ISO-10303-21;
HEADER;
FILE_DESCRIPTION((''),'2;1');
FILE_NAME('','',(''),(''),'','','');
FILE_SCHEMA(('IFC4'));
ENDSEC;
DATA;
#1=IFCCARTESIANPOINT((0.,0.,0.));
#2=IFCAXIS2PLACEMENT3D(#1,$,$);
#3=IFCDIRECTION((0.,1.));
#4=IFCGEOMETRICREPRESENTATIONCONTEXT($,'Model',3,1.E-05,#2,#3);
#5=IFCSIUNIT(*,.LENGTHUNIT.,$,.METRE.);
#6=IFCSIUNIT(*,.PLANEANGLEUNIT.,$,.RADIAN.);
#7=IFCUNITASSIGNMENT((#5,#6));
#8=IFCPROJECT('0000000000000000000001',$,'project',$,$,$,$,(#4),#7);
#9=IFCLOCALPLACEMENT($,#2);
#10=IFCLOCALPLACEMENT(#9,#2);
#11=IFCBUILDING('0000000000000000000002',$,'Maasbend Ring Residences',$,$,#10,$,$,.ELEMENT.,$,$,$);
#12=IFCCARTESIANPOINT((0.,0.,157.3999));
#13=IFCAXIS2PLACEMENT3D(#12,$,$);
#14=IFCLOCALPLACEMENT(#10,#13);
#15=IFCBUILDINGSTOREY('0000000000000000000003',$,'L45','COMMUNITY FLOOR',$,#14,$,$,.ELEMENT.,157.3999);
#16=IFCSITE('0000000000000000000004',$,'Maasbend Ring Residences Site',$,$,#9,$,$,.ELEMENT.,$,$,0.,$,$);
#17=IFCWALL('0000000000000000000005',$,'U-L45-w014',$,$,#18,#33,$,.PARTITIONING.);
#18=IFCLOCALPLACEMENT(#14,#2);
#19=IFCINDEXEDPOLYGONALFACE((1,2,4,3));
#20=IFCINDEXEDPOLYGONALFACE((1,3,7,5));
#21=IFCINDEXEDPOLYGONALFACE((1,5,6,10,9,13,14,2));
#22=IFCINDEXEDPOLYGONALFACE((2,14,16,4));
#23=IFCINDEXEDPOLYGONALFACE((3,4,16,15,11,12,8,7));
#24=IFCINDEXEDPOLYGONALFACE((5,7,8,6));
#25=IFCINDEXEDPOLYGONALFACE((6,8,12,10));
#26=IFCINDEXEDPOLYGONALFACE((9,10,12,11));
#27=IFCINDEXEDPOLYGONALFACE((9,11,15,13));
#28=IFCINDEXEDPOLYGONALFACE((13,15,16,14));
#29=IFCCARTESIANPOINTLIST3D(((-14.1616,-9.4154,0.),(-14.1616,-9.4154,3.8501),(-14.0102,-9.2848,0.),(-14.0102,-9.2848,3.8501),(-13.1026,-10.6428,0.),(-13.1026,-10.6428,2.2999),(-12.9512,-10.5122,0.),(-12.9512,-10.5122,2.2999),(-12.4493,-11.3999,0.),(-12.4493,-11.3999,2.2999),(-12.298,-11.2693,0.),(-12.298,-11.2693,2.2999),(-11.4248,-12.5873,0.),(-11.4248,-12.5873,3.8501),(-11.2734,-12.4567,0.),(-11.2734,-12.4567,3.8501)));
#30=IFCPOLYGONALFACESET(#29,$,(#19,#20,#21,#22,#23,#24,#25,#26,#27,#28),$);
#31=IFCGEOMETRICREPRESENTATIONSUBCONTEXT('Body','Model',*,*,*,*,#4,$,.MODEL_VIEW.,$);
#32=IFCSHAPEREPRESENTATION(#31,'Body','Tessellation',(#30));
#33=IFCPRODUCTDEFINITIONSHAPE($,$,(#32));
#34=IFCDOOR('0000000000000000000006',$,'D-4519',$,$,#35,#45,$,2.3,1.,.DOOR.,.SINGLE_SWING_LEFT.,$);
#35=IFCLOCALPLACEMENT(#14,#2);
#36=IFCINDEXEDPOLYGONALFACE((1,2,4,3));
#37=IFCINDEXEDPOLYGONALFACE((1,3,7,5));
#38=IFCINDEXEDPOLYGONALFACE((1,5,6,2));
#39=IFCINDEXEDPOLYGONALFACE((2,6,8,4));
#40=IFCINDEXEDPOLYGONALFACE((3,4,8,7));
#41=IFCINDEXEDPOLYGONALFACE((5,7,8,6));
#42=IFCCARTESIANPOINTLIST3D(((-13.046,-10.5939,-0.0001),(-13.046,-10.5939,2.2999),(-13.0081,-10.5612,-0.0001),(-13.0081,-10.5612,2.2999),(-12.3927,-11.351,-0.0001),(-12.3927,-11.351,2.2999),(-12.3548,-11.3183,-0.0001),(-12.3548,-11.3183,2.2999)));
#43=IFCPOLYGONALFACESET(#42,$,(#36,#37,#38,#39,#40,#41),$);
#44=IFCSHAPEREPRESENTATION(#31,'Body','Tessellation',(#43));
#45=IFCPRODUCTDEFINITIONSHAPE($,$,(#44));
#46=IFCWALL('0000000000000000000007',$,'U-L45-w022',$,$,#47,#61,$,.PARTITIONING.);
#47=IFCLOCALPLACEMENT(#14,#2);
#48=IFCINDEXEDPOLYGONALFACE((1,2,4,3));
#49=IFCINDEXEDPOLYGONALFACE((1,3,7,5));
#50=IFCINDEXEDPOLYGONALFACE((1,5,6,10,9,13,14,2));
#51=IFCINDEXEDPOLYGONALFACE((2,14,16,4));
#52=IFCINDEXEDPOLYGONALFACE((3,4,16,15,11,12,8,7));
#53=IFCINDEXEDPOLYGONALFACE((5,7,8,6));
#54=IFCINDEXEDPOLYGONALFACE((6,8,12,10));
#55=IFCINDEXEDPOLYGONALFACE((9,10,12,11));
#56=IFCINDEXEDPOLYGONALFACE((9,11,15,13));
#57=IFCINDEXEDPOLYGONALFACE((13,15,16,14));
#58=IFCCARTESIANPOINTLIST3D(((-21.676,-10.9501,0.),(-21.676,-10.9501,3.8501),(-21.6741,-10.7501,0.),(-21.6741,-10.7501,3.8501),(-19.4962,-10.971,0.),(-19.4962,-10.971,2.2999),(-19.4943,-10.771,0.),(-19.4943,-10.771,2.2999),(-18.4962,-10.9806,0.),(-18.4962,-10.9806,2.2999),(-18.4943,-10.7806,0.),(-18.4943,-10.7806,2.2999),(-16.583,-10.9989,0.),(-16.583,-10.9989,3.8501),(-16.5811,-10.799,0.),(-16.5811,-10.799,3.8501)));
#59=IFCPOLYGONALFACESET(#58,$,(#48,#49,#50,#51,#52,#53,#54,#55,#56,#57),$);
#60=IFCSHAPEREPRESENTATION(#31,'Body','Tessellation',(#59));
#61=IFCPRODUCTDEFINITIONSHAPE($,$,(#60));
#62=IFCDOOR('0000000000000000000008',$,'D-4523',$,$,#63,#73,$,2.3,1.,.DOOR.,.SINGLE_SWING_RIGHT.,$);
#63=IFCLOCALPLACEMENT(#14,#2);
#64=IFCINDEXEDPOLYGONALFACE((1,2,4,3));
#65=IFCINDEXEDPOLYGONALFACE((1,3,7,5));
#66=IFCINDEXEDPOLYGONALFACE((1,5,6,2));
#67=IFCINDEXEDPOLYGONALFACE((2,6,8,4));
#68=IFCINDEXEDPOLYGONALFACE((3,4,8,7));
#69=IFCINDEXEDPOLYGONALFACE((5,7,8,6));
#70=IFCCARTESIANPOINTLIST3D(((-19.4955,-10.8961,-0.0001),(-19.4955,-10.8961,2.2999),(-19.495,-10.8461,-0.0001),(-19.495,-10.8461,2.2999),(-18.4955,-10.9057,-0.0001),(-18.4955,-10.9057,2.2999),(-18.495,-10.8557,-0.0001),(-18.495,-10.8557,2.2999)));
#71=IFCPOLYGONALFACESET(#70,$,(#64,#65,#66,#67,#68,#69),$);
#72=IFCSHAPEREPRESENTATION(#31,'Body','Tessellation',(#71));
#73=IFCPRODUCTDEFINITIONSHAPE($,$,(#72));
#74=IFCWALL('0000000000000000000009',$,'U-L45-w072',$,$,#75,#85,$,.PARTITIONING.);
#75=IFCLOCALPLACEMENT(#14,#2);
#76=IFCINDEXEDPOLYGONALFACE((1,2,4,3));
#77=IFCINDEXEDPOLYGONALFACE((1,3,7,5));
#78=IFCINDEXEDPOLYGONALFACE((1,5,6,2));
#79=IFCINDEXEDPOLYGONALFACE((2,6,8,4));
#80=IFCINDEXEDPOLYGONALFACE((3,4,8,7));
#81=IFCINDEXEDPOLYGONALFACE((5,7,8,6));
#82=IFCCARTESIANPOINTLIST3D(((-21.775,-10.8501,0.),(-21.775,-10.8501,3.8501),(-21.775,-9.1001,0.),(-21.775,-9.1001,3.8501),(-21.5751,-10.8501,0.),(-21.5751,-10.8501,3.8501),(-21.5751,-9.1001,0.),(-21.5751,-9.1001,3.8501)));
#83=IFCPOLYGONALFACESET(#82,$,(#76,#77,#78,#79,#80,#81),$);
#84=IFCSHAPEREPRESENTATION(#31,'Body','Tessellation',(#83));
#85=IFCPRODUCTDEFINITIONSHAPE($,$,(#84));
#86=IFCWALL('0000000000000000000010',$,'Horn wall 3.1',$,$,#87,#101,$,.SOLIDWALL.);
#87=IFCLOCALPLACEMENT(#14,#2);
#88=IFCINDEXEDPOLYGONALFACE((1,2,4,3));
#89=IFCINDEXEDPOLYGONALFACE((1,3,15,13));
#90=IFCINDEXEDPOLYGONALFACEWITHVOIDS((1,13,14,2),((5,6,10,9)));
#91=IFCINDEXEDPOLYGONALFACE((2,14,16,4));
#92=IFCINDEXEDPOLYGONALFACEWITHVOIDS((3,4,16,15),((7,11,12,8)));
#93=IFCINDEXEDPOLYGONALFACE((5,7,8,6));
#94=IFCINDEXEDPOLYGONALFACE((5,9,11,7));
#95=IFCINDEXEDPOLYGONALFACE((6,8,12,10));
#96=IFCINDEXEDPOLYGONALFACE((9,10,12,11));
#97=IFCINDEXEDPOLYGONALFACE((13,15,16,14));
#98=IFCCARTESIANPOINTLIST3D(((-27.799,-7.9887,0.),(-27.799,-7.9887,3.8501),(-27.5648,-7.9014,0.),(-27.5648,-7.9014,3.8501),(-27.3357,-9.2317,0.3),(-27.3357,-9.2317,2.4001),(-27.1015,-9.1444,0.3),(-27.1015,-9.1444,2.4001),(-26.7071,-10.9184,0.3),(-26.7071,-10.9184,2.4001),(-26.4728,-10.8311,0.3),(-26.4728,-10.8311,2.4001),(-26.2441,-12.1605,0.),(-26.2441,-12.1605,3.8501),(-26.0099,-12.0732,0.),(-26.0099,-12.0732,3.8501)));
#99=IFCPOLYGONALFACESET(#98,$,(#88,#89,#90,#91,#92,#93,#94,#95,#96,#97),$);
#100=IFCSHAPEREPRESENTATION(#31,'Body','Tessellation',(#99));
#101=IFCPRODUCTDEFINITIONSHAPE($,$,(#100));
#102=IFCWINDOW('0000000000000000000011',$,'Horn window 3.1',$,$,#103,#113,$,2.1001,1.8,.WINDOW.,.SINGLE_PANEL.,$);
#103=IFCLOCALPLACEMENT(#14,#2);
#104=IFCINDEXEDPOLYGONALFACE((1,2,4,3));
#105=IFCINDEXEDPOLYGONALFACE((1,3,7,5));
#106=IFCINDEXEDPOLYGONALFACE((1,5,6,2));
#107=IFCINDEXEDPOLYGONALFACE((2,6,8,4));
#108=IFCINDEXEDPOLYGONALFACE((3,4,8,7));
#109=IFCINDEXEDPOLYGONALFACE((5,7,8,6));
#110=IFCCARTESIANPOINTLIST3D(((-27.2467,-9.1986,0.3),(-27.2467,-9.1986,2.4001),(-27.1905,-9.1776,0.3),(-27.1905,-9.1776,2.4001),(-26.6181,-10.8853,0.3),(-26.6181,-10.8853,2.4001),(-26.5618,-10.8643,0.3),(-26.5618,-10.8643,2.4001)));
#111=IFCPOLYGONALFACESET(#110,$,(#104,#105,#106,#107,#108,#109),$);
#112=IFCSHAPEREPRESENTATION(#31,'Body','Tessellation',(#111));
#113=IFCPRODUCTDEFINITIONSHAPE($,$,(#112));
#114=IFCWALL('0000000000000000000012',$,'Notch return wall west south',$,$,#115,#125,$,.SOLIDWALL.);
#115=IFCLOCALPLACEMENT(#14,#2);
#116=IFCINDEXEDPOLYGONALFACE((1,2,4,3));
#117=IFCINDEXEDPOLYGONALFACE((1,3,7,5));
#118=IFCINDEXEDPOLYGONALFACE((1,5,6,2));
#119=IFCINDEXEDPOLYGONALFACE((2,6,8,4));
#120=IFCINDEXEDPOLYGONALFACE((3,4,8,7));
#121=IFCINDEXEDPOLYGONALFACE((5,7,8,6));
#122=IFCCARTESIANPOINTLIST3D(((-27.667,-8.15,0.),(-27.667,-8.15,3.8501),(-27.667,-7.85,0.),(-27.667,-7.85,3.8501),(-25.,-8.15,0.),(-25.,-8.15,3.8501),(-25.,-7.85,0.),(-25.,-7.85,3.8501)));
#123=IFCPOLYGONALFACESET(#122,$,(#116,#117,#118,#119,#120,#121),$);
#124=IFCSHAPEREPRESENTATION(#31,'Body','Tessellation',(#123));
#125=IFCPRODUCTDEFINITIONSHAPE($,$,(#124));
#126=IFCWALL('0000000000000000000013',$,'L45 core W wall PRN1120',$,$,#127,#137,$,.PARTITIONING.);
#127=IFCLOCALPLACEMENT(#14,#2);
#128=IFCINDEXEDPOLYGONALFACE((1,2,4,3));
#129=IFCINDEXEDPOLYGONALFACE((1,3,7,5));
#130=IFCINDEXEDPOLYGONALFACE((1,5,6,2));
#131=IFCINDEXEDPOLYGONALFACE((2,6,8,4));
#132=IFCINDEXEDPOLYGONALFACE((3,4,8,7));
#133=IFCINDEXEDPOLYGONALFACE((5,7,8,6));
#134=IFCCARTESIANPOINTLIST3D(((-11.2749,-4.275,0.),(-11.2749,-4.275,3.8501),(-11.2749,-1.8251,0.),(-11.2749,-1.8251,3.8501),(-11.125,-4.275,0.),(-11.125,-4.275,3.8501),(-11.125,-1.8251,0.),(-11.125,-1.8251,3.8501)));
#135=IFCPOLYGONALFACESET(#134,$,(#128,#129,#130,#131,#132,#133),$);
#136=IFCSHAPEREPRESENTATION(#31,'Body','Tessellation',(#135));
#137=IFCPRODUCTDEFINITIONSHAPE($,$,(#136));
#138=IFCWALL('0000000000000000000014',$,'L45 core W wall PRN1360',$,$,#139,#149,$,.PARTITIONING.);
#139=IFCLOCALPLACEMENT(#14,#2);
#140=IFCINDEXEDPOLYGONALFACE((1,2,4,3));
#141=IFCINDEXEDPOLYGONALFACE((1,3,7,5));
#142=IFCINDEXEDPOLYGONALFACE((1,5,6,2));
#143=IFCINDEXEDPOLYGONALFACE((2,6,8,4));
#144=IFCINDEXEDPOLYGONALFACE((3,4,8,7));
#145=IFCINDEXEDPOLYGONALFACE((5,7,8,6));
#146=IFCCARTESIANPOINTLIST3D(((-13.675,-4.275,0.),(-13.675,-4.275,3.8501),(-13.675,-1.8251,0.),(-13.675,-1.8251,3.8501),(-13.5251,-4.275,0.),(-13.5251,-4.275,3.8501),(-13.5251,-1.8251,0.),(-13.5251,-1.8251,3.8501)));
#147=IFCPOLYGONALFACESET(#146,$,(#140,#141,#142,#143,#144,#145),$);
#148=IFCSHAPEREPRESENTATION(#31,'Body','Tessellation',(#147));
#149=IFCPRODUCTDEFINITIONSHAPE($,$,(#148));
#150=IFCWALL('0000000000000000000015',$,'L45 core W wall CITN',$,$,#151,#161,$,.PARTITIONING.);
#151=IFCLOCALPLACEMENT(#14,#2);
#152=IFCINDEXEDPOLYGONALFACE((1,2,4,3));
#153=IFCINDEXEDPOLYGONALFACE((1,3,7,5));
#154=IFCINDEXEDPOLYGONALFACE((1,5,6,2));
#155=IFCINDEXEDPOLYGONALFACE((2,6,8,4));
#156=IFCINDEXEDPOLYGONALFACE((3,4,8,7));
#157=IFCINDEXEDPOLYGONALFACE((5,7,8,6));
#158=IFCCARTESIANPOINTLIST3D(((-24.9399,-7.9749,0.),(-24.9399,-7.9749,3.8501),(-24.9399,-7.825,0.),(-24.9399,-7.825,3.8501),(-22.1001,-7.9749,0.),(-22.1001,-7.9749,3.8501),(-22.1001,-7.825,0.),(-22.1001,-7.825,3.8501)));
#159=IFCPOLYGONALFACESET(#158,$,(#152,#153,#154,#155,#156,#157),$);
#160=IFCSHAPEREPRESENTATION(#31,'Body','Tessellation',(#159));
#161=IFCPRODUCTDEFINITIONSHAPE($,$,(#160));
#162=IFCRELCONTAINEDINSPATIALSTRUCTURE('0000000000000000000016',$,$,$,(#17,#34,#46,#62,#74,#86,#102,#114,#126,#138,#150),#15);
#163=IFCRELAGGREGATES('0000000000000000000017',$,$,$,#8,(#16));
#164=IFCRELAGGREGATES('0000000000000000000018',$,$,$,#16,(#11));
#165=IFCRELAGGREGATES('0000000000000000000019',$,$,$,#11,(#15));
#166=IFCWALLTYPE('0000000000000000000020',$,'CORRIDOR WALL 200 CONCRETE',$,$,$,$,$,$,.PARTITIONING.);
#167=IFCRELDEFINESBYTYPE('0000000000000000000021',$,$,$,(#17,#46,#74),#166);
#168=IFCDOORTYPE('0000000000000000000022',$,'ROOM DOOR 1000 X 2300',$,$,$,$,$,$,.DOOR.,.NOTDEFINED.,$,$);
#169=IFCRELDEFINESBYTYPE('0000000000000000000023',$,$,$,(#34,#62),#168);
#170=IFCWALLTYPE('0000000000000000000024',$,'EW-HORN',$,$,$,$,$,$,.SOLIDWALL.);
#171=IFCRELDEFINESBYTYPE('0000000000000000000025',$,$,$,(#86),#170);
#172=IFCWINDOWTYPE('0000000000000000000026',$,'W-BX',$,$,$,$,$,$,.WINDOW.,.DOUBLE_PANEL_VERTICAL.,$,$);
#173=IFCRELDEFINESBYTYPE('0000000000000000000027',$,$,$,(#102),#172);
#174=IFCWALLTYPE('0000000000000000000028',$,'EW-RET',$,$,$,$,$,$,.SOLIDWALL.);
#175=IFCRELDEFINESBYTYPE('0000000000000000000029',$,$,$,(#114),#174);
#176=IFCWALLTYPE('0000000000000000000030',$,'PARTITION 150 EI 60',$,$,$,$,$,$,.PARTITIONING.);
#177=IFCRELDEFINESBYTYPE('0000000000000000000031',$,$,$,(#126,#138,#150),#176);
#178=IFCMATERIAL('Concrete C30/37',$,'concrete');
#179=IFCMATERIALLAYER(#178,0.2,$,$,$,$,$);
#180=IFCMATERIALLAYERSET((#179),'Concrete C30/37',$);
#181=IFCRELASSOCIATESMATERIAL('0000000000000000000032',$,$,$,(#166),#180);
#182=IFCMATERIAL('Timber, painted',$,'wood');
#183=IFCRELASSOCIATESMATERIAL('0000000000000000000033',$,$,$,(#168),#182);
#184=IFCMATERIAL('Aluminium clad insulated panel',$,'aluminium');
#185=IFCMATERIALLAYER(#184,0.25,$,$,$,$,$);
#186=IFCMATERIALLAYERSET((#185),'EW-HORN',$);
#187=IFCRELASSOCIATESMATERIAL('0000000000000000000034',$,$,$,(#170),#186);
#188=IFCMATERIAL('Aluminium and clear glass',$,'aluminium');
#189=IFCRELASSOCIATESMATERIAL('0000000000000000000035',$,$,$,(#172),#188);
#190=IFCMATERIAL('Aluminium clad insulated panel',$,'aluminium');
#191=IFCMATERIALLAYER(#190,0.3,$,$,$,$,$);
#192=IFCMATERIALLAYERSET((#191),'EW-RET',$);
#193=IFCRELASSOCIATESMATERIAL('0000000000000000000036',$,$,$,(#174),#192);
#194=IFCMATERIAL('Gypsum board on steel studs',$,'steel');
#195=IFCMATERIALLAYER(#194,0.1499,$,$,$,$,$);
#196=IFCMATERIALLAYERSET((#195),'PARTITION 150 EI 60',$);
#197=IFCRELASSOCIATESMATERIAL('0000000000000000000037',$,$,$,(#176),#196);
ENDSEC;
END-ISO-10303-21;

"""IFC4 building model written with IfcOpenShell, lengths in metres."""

from ifc_helpers import new_model, si_unit, direction, frame, frame_2d, origin, place, context, subcontext, project, spatial, rectangle, extrude, material, layer, layer_set, type_object, element, fill, save


model = new_model("IFC4")

# Units and contexts
model_context = context("Model", 3, precision=1e-05, world=origin(), true_north=direction((0.0, 1.0)))
body_context = subcontext(model_context, "Body", "Model", "MODEL_VIEW")
ifc_project = project(units=[si_unit("LENGTHUNIT", "METRE"), si_unit("PLANEANGLEUNIT", "RADIAN")], contexts=[model_context])

# Site, building, storey
site_placement = place(None, origin())
site = spatial("IfcSite", under=ifc_project, at=site_placement, Name="Maasbend Ring Residences Site", CompositionType="ELEMENT", RefElevation=0.0)
building_placement = place(site_placement, origin())
building = spatial("IfcBuilding", under=site, at=building_placement, Name="Maasbend Ring Residences", CompositionType="ELEMENT")
storey_placement = place(building_placement, frame((0.0, 0.0, 157.3999)))
storey = spatial("IfcBuildingStorey", under=building, at=storey_placement, Name="L45", Description="COMMUNITY FLOOR", CompositionType="ELEMENT", Elevation=157.3999)

# Walls, openings, doors
ifc_material_1 = material(Name="Concrete C30/37", Category="concrete")
ifc_layer_1 = layer(ifc_material_1, 0.2)
ifc_layer_set_1 = layer_set([ifc_layer_1], Name="Concrete C30/37")
wall_type_1 = type_object("IfcWallType", Name="CORRIDOR WALL 200 CONCRETE", PredefinedType="PARTITIONING", material=ifc_layer_set_1)
wall_1_placement = place(storey_placement, frame((-14.0859, -9.3501, 0.0), z_axis=(0.0, 0.0, 1.0), x_axis=(0.653274, -0.757122, 0.0)))
wall_1 = element("IfcWall", 1, at=wall_1_placement, inside=storey, type_object=wall_type_1, Name="U-L45-w014", PredefinedType="PARTITIONING", context=body_context, shape_type="SweptSolid", body=[
    extrude(rectangle(XDim=4.1895, YDim=0.2, at=frame_2d((2.0947, 0.0))), origin(), (0.0, 0.0, 1.0), 3.8501),
])
opening_1_placement = place(wall_1_placement, frame((1.6211, 0.0, 0.0)))
opening_1 = element("IfcOpeningElement", 2, at=opening_1_placement, cuts=wall_1, PredefinedType="OPENING", context=body_context, shape_type="SweptSolid", body=[
    extrude(rectangle(XDim=1.0, YDim=2.3, at=frame_2d((0.5, 1.1499))), frame((0.0, 0.1099, 0.0), z_axis=(0.0, -1.0, 0.0), x_axis=(1.0, 0.0, 0.0)), (0.0, 0.0, 1.0), 0.22),
])
ifc_material_2 = material(Name="Timber, painted", Category="wood")
door_type_1 = type_object("IfcDoorType", Name="ROOM DOOR 1000 X 2300", OperationType="NOTDEFINED", PredefinedType="DOOR", material=ifc_material_2)
door_1_placement = place(opening_1_placement, origin())
door_1 = element("IfcDoor", 3, at=door_1_placement, inside=storey, type_object=door_type_1, Name="D-4519", OperationType="SINGLE_SWING_LEFT", OverallHeight=2.3, OverallWidth=1.0, PredefinedType="DOOR", context=body_context, shape_type="SweptSolid", body=[
    extrude(rectangle(XDim=1.0, YDim=2.3, at=frame_2d((0.5, 1.1499))), frame((0.0, 0.0249, 0.0), z_axis=(0.0, -1.0, 0.0), x_axis=(1.0, 0.0, 0.0)), (0.0, 0.0, 1.0), 0.05),
])
fill(opening_1, door_1)
wall_2_placement = place(storey_placement, frame((-21.675, -10.8501, 0.0), z_axis=(0.0, 0.0, 1.0), x_axis=(0.999954, -0.009587, 0.0)))
wall_2 = element("IfcWall", 4, at=wall_2_placement, inside=storey, type_object=wall_type_1, Name="U-L45-w022", PredefinedType="PARTITIONING", context=body_context, shape_type="SweptSolid", body=[
    extrude(rectangle(XDim=5.0933, YDim=0.2, at=frame_2d((2.5466, 0.0))), origin(), (0.0, 0.0, 1.0), 3.8501),
])
opening_2_placement = place(wall_2_placement, frame((2.1799, 0.0, 0.0)))
opening_2 = element("IfcOpeningElement", 5, at=opening_2_placement, cuts=wall_2, PredefinedType="OPENING", context=body_context, shape_type="SweptSolid", body=[
    extrude(rectangle(XDim=1.0, YDim=2.3, at=frame_2d((0.5, 1.1499))), frame((0.0, 0.1099, 0.0), z_axis=(0.0, -1.0, 0.0), x_axis=(1.0, 0.0, 0.0)), (0.0, 0.0, 1.0), 0.22),
])
door_2_placement = place(opening_2_placement, origin())
door_2 = element("IfcDoor", 6, at=door_2_placement, inside=storey, type_object=door_type_1, Name="D-4523", OperationType="SINGLE_SWING_RIGHT", OverallHeight=2.3, OverallWidth=1.0, PredefinedType="DOOR", context=body_context, shape_type="SweptSolid", body=[
    extrude(rectangle(XDim=1.0, YDim=2.3, at=frame_2d((0.5, 1.1499))), frame((0.0, 0.0249, 0.0), z_axis=(0.0, -1.0, 0.0), x_axis=(1.0, 0.0, 0.0)), (0.0, 0.0, 1.0), 0.05),
])
fill(opening_2, door_2)

# Wall
wall_3_placement = place(storey_placement, frame((-21.675, -10.8501, 0.0), z_axis=(0.0, 0.0, 1.0), x_axis=(0.0, 1.0, 0.0)))
element("IfcWall", 7, at=wall_3_placement, inside=storey, type_object=wall_type_1, Name="U-L45-w072", PredefinedType="PARTITIONING", context=body_context, shape_type="SweptSolid", body=[
    extrude(rectangle(XDim=1.75, YDim=0.2, at=frame_2d((0.875, 0.0))), origin(), (0.0, 0.0, 1.0), 3.8501),
])

# Wall, opening, window
ifc_material_3 = material(Name="Aluminium clad insulated panel", Category="aluminium")
ifc_layer_2 = layer(ifc_material_3, 0.25)
ifc_layer_set_2 = layer_set([ifc_layer_2], Name="EW-HORN")
wall_type_2 = type_object("IfcWallType", Name="EW-HORN", PredefinedType="SOLIDWALL", material=ifc_layer_set_2)
wall_4_placement = place(storey_placement, frame((-27.6819, -7.9451, 0.0), z_axis=(0.0, 0.0, 1.0), x_axis=(0.349248, -0.93703, 0.0)))
wall_4 = element("IfcWall", 8, at=wall_4_placement, inside=storey, type_object=wall_type_2, Name="Horn wall 3.1", PredefinedType="SOLIDWALL", context=body_context, shape_type="SweptSolid", body=[
    extrude(rectangle(XDim=4.4521, YDim=0.25, at=frame_2d((2.2261, 0.0))), origin(), (0.0, 0.0, 1.0), 3.8501),
])
opening_3_placement = place(wall_4_placement, frame((1.3267, 0.0, 0.3)))
opening_3 = element("IfcOpeningElement", 9, at=opening_3_placement, cuts=wall_4, PredefinedType="OPENING", context=body_context, shape_type="SweptSolid", body=[
    extrude(rectangle(XDim=1.8, YDim=2.1001, at=frame_2d((0.8999, 1.05))), frame((0.0, 0.135, 0.0), z_axis=(0.0, -1.0, 0.0), x_axis=(1.0, 0.0, 0.0)), (0.0, 0.0, 1.0), 0.27),
])
ifc_material_4 = material(Name="Aluminium and clear glass", Category="aluminium")
window_type = type_object("IfcWindowType", Name="W-BX", PartitioningType="DOUBLE_PANEL_VERTICAL", PredefinedType="WINDOW", material=ifc_material_4)
window_placement = place(opening_3_placement, origin())
window = element("IfcWindow", 10, at=window_placement, inside=storey, type_object=window_type, Name="Horn window 3.1", OverallHeight=2.1001, OverallWidth=1.8, PartitioningType="SINGLE_PANEL", PredefinedType="WINDOW", context=body_context, shape_type="SweptSolid", body=[
    extrude(rectangle(XDim=1.8, YDim=2.1001, at=frame_2d((0.8999, 1.05))), frame((0.0, 0.03, 0.0), z_axis=(0.0, -1.0, 0.0), x_axis=(1.0, 0.0, 0.0)), (0.0, 0.0, 1.0), 0.0601),
])
fill(opening_3, window)

# Walls
ifc_material_5 = material(Name="Aluminium clad insulated panel", Category="aluminium")
ifc_layer_3 = layer(ifc_material_5, 0.3)
ifc_layer_set_3 = layer_set([ifc_layer_3], Name="EW-RET")
wall_type_3 = type_object("IfcWallType", Name="EW-RET", PredefinedType="SOLIDWALL", material=ifc_layer_set_3)
wall_5_placement = place(storey_placement, frame((-25.0, -8.0, 0.0), z_axis=(0.0, 0.0, 1.0), x_axis=(-1.0, 0.0, 0.0)))
element("IfcWall", 11, at=wall_5_placement, inside=storey, type_object=wall_type_3, Name="Notch return wall west south", PredefinedType="SOLIDWALL", context=body_context, shape_type="SweptSolid", body=[
    extrude(rectangle(XDim=2.667, YDim=0.3, at=frame_2d((1.3335, 0.0))), origin(), (0.0, 0.0, 1.0), 3.8501),
])
ifc_material_6 = material(Name="Gypsum board on steel studs", Category="steel")
ifc_layer_4 = layer(ifc_material_6, 0.1499)
ifc_layer_set_4 = layer_set([ifc_layer_4], Name="PARTITION 150 EI 60")
wall_type_4 = type_object("IfcWallType", Name="PARTITION 150 EI 60", PredefinedType="PARTITIONING", material=ifc_layer_set_4)
for number, where, z_axis, x_axis, name in (
    (12, (-11.2, -1.825, 0.0), (0.0, 0.0, 1.0), (0.0, -1.0, 0.0), "L45 core W wall PRN1120"),
    (13, (-13.6001, -1.825, 0.0), (0.0, 0.0, 1.0), (0.0, -1.0, 0.0), "L45 core W wall PRN1360"),
):
    element("IfcWall", number, at=place(storey_placement, frame(where, z_axis=z_axis, x_axis=x_axis)), inside=storey, type_object=wall_type_4, Name=name, PredefinedType="PARTITIONING", context=body_context, shape_type="SweptSolid", body=[
        extrude(rectangle(XDim=2.45, YDim=0.1499, at=frame_2d((1.2251, 0.0))), origin(), (0.0, 0.0, 1.0), 3.8501),
    ])
wall_6_placement = place(storey_placement, frame((-22.1001, -7.8999, 0.0), z_axis=(0.0, 0.0, 1.0), x_axis=(-1.0, 0.0, 0.0)))
element("IfcWall", 14, at=wall_6_placement, inside=storey, type_object=wall_type_4, Name="L45 core W wall CITN", PredefinedType="PARTITIONING", context=body_context, shape_type="SweptSolid", body=[
    extrude(rectangle(XDim=2.8398, YDim=0.1499, at=frame_2d((1.4199, 0.0))), origin(), (0.0, 0.0, 1.0), 3.8501),
])

save(model, "model.ifc")
